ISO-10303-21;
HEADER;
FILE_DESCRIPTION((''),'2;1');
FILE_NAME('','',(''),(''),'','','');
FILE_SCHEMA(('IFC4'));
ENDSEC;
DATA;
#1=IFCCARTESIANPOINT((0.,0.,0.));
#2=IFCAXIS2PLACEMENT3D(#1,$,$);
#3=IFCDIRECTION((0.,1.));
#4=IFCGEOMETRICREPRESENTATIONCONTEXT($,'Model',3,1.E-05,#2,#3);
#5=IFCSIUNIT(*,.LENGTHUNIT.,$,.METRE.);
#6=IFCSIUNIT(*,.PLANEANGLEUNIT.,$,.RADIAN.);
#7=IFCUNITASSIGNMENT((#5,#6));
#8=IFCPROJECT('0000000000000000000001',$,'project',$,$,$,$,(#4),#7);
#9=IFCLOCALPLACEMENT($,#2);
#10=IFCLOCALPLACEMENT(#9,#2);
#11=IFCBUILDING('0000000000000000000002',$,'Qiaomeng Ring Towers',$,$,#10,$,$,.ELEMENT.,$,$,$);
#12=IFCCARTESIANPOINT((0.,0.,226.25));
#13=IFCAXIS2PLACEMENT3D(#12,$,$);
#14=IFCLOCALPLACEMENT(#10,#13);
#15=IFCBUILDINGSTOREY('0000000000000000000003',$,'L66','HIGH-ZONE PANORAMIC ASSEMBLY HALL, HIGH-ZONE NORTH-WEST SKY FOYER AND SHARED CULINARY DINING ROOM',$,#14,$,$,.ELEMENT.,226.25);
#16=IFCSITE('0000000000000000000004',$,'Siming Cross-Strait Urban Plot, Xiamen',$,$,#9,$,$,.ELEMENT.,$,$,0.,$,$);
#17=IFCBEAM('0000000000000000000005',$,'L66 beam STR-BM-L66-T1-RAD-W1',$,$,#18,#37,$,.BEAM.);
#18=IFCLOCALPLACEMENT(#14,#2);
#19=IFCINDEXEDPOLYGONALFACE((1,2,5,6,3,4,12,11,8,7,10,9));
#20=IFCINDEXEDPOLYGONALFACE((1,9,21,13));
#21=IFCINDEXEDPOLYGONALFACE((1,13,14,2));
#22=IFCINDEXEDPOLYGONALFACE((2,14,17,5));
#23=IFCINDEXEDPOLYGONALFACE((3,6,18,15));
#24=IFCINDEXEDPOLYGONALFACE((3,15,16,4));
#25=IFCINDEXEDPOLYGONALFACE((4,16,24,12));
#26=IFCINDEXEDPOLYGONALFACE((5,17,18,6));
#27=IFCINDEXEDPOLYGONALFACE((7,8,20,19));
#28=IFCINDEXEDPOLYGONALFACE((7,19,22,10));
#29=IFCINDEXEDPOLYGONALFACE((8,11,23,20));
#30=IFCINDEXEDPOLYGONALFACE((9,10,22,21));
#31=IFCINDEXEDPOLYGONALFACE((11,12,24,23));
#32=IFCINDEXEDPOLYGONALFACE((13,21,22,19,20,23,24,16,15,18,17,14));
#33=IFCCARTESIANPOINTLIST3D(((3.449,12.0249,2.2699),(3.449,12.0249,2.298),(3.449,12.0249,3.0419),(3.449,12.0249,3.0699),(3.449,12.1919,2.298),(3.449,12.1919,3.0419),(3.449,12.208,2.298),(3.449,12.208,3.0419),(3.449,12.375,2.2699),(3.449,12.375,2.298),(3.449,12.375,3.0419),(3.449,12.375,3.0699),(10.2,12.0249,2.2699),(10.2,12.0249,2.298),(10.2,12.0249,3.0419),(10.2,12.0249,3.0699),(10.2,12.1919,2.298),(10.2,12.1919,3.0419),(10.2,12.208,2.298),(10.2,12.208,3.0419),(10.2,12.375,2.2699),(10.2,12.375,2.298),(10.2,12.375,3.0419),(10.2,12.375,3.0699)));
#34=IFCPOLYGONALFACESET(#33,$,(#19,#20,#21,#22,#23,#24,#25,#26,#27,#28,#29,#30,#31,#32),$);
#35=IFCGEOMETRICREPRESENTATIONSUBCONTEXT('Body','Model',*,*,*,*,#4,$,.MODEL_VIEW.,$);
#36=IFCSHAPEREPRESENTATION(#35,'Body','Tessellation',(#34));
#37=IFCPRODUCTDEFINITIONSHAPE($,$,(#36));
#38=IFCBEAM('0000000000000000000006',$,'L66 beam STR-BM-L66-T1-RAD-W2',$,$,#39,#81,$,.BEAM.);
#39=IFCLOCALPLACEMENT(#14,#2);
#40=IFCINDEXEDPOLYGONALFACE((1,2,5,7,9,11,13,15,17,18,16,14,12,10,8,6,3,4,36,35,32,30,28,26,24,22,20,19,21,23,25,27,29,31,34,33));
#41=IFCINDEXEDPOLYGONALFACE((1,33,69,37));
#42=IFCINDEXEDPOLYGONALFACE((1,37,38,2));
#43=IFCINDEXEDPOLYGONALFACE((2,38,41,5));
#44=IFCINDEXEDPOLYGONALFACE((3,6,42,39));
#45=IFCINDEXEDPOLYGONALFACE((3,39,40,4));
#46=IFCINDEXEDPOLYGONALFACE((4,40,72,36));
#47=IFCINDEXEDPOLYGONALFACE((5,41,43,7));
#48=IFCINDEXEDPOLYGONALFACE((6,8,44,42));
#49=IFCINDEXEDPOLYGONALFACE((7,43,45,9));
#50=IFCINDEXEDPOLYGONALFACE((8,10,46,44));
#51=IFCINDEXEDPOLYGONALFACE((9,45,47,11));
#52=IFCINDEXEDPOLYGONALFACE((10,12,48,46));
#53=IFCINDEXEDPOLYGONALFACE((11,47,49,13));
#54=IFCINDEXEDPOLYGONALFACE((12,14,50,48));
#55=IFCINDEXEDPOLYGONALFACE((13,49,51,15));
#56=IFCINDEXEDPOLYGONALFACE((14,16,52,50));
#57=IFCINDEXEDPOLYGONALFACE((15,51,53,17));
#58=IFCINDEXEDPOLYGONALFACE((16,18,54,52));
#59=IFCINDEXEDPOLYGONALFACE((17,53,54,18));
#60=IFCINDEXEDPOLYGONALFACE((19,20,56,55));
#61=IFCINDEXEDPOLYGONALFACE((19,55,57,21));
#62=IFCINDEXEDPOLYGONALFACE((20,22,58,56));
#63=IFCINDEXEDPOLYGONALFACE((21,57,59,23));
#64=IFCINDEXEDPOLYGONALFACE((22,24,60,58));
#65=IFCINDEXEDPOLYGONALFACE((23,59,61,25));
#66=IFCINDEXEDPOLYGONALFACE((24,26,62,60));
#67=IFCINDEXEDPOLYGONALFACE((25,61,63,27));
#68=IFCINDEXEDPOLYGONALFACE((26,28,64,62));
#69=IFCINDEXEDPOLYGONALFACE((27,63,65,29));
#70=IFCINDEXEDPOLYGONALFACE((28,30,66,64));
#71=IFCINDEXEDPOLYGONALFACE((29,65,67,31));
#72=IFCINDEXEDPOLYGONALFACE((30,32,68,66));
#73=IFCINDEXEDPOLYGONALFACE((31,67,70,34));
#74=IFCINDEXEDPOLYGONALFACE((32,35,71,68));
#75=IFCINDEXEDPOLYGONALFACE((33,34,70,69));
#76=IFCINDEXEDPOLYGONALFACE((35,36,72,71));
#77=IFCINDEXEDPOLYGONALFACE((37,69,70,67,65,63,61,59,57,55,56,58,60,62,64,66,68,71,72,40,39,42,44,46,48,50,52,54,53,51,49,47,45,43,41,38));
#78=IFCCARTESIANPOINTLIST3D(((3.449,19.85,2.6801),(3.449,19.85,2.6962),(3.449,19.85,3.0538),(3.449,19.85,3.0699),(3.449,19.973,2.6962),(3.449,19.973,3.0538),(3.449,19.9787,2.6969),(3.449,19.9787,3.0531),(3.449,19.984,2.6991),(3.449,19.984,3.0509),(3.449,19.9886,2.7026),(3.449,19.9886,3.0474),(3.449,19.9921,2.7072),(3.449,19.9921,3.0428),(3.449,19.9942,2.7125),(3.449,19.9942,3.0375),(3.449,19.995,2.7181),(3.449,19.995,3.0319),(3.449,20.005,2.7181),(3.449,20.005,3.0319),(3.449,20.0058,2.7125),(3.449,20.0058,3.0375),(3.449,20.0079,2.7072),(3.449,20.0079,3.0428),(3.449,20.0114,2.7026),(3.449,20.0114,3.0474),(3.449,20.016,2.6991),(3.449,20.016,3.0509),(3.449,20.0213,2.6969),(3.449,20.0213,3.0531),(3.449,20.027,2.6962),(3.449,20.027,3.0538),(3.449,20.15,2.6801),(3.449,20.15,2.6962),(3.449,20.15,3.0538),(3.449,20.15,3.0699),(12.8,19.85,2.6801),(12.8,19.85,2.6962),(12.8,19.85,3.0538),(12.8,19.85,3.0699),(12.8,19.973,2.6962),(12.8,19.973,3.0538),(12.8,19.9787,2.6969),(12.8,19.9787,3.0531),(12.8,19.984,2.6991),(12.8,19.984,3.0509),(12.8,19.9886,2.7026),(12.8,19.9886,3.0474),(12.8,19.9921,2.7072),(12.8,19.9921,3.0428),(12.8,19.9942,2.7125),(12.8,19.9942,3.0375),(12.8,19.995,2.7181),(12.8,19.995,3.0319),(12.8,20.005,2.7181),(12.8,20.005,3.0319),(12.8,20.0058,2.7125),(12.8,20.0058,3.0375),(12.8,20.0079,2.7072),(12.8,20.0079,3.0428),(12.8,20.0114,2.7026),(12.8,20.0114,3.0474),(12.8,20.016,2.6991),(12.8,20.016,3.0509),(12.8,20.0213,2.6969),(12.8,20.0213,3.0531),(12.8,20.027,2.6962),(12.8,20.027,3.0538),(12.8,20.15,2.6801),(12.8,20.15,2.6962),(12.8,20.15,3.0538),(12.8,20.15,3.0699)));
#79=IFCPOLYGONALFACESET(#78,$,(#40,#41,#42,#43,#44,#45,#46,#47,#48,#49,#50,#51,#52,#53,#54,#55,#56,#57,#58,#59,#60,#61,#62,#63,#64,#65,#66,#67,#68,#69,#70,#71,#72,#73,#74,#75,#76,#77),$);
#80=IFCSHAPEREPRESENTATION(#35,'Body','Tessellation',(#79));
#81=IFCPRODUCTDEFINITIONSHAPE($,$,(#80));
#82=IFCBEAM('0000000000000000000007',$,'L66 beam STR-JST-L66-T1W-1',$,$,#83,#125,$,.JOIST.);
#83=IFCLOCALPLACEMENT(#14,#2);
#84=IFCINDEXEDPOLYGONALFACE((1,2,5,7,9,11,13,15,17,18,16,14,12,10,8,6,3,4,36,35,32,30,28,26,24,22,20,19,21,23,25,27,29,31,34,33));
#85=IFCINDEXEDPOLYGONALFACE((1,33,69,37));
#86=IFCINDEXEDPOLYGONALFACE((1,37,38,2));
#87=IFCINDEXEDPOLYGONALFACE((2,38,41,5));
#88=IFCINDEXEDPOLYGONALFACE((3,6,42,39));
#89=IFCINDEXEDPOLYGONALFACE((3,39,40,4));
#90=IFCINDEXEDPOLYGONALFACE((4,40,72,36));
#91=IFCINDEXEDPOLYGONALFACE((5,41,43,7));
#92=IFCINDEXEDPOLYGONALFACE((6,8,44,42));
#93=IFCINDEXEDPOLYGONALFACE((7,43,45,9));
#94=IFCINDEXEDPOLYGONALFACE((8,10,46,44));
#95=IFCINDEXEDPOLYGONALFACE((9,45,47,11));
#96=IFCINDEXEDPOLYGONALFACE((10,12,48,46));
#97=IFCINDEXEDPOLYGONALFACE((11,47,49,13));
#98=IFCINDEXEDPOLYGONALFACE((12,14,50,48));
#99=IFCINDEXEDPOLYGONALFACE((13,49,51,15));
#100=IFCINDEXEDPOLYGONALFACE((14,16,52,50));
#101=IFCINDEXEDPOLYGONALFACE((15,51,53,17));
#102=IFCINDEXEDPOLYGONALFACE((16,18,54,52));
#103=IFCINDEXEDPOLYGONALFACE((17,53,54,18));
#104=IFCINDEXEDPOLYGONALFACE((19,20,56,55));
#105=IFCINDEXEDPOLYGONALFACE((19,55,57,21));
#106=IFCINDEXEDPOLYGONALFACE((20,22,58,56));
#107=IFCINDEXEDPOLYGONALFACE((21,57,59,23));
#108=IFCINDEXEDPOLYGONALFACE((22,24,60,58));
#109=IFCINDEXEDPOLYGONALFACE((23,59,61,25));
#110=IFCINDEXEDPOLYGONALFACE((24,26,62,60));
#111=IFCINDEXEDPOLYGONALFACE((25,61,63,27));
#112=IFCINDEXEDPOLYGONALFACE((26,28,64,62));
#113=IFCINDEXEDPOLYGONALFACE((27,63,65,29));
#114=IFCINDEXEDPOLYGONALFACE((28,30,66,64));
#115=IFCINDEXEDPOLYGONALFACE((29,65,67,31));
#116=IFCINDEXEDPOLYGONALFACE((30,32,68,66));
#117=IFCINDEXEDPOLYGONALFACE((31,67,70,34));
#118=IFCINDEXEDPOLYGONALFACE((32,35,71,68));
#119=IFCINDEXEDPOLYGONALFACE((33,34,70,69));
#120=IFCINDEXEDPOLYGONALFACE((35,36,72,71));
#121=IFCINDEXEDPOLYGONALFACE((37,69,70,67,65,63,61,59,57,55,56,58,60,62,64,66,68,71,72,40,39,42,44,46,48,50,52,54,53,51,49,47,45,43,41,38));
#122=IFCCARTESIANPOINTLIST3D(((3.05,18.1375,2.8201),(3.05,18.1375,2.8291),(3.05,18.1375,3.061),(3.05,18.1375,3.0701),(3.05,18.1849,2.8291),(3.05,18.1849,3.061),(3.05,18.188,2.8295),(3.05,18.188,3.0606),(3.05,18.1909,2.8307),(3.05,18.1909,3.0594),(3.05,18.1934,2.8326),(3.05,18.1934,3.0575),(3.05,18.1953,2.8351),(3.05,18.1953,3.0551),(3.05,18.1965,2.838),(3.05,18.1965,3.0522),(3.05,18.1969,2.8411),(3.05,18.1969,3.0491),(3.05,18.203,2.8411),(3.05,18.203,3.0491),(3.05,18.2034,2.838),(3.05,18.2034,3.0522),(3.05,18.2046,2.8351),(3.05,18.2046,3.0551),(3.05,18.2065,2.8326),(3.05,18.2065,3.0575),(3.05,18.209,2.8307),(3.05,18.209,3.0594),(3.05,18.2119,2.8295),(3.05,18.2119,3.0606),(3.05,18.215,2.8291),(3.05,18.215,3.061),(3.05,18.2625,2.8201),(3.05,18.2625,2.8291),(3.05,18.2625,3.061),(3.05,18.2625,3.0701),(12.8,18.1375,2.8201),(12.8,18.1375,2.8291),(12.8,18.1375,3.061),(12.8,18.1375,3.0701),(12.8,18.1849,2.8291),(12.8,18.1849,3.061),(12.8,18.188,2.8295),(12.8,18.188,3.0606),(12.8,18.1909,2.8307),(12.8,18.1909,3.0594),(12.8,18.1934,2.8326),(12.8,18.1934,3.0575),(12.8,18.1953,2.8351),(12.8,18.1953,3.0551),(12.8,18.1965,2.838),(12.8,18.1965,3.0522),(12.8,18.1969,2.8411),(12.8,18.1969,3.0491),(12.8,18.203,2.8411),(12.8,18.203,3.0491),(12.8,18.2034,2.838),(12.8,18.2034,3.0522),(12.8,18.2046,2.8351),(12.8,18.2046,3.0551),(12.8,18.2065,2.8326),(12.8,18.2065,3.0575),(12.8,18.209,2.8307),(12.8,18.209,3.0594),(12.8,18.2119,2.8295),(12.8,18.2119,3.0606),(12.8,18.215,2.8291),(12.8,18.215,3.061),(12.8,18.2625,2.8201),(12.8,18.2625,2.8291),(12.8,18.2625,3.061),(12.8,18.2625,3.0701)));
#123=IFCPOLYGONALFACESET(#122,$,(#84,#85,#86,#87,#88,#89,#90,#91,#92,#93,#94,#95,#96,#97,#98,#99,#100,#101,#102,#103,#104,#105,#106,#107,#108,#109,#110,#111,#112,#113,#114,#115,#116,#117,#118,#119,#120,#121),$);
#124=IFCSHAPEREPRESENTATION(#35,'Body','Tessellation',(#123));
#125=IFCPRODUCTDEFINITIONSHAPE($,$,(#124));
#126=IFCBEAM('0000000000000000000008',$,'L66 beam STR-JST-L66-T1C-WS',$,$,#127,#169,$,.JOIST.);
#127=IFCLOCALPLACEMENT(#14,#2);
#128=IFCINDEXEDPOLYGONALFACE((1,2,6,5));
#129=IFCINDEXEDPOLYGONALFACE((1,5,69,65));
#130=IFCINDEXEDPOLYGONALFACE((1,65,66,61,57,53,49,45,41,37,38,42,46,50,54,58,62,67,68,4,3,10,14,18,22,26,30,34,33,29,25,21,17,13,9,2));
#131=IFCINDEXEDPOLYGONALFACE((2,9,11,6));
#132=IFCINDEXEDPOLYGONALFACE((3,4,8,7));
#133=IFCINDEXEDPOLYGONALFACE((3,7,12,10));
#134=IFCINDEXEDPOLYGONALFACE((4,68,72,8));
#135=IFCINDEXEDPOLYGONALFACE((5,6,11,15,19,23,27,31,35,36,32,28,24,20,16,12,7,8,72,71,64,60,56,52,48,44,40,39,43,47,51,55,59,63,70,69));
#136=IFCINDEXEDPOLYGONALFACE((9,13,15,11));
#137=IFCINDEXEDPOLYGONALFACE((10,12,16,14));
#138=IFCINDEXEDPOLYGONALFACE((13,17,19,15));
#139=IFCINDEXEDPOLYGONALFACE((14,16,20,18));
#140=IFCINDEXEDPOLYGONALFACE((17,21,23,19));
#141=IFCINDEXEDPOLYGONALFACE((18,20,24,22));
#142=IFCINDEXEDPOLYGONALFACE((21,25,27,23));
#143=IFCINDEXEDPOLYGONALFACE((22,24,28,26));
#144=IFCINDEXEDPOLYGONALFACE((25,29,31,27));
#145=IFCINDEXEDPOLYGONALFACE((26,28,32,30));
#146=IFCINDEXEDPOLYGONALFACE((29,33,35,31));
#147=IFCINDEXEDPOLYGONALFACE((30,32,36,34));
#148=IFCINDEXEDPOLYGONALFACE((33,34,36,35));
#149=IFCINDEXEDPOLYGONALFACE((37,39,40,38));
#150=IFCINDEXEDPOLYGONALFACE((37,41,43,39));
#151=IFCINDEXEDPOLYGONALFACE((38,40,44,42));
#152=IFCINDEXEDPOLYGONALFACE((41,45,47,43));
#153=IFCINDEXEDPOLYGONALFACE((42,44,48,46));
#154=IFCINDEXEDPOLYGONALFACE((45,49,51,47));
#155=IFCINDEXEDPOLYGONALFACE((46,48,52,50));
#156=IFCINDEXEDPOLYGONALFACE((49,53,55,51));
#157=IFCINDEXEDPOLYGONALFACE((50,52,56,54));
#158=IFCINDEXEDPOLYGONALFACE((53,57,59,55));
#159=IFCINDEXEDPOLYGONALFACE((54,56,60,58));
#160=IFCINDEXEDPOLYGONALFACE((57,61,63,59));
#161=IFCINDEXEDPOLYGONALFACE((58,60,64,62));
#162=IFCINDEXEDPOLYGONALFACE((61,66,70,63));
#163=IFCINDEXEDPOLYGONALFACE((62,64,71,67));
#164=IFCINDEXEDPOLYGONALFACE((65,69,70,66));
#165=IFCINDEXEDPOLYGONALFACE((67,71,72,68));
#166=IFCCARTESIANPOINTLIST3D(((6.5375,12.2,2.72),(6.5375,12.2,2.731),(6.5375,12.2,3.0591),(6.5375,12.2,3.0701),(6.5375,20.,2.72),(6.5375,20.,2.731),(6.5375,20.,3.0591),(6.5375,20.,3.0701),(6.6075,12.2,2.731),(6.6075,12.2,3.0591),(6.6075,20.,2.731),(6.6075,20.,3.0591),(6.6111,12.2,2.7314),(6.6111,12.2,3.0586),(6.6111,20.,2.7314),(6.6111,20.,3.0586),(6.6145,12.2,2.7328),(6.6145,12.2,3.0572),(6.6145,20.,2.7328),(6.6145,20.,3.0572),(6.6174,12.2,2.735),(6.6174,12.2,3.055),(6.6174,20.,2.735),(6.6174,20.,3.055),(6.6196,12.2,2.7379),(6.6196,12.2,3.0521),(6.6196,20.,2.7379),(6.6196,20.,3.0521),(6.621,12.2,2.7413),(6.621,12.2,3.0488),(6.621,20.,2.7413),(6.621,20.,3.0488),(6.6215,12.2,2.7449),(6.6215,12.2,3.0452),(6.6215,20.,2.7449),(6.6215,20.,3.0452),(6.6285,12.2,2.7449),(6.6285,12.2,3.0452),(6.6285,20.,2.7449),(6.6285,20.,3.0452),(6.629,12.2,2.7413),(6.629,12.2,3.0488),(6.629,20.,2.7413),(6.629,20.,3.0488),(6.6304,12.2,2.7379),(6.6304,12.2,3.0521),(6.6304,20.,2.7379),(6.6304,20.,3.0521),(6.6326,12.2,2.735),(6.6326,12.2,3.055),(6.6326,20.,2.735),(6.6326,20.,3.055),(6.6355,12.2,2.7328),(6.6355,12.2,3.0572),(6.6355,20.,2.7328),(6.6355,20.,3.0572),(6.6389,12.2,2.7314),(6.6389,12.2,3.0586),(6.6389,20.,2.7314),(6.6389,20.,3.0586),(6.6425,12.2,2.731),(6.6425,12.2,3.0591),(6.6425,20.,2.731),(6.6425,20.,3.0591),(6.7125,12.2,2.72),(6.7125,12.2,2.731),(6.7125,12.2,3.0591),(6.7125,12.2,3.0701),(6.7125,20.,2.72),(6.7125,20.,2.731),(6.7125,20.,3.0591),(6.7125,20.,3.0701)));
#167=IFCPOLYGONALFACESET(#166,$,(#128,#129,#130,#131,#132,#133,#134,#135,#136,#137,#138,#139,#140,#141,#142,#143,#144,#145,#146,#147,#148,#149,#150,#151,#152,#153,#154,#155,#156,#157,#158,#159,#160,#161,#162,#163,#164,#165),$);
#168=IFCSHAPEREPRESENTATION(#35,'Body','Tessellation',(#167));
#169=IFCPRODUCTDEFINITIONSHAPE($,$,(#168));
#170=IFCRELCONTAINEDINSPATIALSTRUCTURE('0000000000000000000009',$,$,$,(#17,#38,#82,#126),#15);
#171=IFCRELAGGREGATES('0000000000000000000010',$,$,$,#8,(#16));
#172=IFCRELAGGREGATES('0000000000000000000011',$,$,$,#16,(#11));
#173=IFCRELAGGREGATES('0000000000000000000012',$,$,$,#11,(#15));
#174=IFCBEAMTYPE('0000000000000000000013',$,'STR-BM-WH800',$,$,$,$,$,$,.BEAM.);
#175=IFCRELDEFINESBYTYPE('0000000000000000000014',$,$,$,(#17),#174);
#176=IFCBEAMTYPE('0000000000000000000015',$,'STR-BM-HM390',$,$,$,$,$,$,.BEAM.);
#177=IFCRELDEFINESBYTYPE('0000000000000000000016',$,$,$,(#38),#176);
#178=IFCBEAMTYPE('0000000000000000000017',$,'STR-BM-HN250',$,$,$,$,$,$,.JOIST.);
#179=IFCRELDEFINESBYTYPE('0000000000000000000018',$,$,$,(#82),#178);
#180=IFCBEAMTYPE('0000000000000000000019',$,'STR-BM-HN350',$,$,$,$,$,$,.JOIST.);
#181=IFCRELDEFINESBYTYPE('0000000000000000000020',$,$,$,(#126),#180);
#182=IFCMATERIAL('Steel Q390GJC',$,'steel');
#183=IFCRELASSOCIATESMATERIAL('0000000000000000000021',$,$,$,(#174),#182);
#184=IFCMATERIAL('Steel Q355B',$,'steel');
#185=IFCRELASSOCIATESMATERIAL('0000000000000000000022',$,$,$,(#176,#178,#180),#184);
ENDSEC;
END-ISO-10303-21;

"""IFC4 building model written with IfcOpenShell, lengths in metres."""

from ifc_helpers import new_model, si_unit, direction, frame, origin, origin_2d, place, context, subcontext, project, spatial, i_section, extrude, source, transform, mapped, material, material_profile, profile_set, type_object, element, save


model = new_model("IFC4")

# Units and contexts
model_context = context("Model", 3, precision=1e-05, world=origin(), true_north=direction((0.0, 1.0)))
body_context = subcontext(model_context, "Body", "Model", "MODEL_VIEW")
ifc_project = project(units=[si_unit("LENGTHUNIT", "METRE"), si_unit("PLANEANGLEUNIT", "RADIAN")], contexts=[model_context])

# Site, building, storey
site_placement = place(None, origin())
site = spatial("IfcSite", under=ifc_project, at=site_placement, Name="Siming Cross-Strait Urban Plot, Xiamen", CompositionType="ELEMENT", RefElevation=0.0)
building_placement = place(site_placement, origin())
building = spatial("IfcBuilding", under=site, at=building_placement, Name="Qiaomeng Ring Towers", CompositionType="ELEMENT")
storey_placement = place(building_placement, frame((0.0, 0.0, 226.25)))
storey = spatial("IfcBuildingStorey", under=building, at=storey_placement, Name="L66", Description="HIGH-ZONE PANORAMIC ASSEMBLY HALL, HIGH-ZONE NORTH-WEST SKY FOYER AND SHARED CULINARY DINING ROOM", CompositionType="ELEMENT", Elevation=226.25)

# Beams
ifc_material_1 = material(Name="Steel Q355B", Category="steel")
ifc_material_2 = material(Name="Steel Q390GJC", Category="steel")
ifc_material_profile_1 = material_profile(ifc_material_2, i_section(OverallWidth=0.3501, OverallDepth=0.8, WebThickness=0.0161, FlangeThickness=0.0281, at=origin_2d()), Name="WH 800x350x16x28")
ifc_profile_set_1 = profile_set([ifc_material_profile_1], Name="Steel Q390GJC")
beam_type_1 = type_object("IfcBeamType", Name="STR-BM-WH800", PredefinedType="BEAM", material=ifc_profile_set_1)
shared_shape_1 = source(origin(), body_context, "Body", "SweptSolid", [
    extrude(i_section(OverallWidth=0.3501, OverallDepth=0.8, WebThickness=0.0161, FlangeThickness=0.0281, at=origin_2d()), origin(), (0.0, 0.0, 1.0), 6.751),
])
beam_1_placement = place(storey_placement, frame((3.449, 12.2, 2.6699), z_axis=(1.0, 0.0, 0.0), x_axis=(0.0, 1.0, 0.0)))
element("IfcBeam", 1, at=beam_1_placement, inside=storey, type_object=beam_type_1, Name="L66 beam STR-BM-L66-T1-RAD-W1", PredefinedType="BEAM", context=body_context, shape_type="MappedRepresentation", body=[
    mapped(shared_shape_1, transform((0.0, 0.0, 0.0), x_axis=(1.0, 0.0, 0.0), y_axis=(0.0, 1.0, 0.0), z_axis=(0.0, 0.0, 1.0), scale=1.0)),
])
ifc_material_profile_2 = material_profile(ifc_material_1, i_section(OverallWidth=0.3, OverallDepth=0.3899, WebThickness=0.01, FlangeThickness=0.0161, FilletRadius=0.022, at=origin_2d()), Name="HM 390x300x10x16")
ifc_profile_set_2 = profile_set([ifc_material_profile_2], Name="Steel Q355B")
beam_type_2 = type_object("IfcBeamType", Name="STR-BM-HM390", PredefinedType="BEAM", material=ifc_profile_set_2)
shared_shape_2 = source(origin(), body_context, "Body", "SweptSolid", [
    extrude(i_section(OverallWidth=0.3, OverallDepth=0.3899, WebThickness=0.01, FlangeThickness=0.0161, FilletRadius=0.022, at=origin_2d()), origin(), (0.0, 0.0, 1.0), 9.3511),
])
beam_2_placement = place(storey_placement, frame((3.449, 20.0, 2.875), z_axis=(1.0, 0.0, 0.0), x_axis=(0.0, 1.0, 0.0)))
element("IfcBeam", 2, at=beam_2_placement, inside=storey, type_object=beam_type_2, Name="L66 beam STR-BM-L66-T1-RAD-W2", PredefinedType="BEAM", context=body_context, shape_type="MappedRepresentation", body=[
    mapped(shared_shape_2, transform((0.0, 0.0, 0.0), x_axis=(1.0, 0.0, 0.0), y_axis=(0.0, 1.0, 0.0), z_axis=(0.0, 0.0, 1.0), scale=1.0)),
])
ifc_material_profile_3 = material_profile(ifc_material_1, i_section(OverallWidth=0.125, OverallDepth=0.25, WebThickness=0.0061, FlangeThickness=0.009, FilletRadius=0.012, at=origin_2d()), Name="HN 250x125x6x9")
ifc_profile_set_3 = profile_set([ifc_material_profile_3], Name="Steel Q355B")
beam_type_3 = type_object("IfcBeamType", Name="STR-BM-HN250", PredefinedType="JOIST", material=ifc_profile_set_3)
shared_shape_3 = source(origin(), body_context, "Body", "SweptSolid", [
    extrude(i_section(OverallWidth=0.125, OverallDepth=0.25, WebThickness=0.0061, FlangeThickness=0.009, FilletRadius=0.012, at=origin_2d()), origin(), (0.0, 0.0, 1.0), 9.75),
])
beam_3_placement = place(storey_placement, frame((3.05, 18.2, 2.9451), z_axis=(1.0, 0.0, 0.0), x_axis=(0.0, 1.0, 0.0)))
element("IfcBeam", 3, at=beam_3_placement, inside=storey, type_object=beam_type_3, Name="L66 beam STR-JST-L66-T1W-1", PredefinedType="JOIST", context=body_context, shape_type="MappedRepresentation", body=[
    mapped(shared_shape_3, transform((0.0, 0.0, 0.0), x_axis=(1.0, 0.0, 0.0), y_axis=(0.0, 1.0, 0.0), z_axis=(0.0, 0.0, 1.0), scale=1.0)),
])
ifc_material_profile_4 = material_profile(ifc_material_1, i_section(OverallWidth=0.175, OverallDepth=0.3501, WebThickness=0.0071, FlangeThickness=0.011, FilletRadius=0.0139, at=origin_2d()), Name="HN 350x175x7x11")
ifc_profile_set_4 = profile_set([ifc_material_profile_4], Name="Steel Q355B")
beam_type_4 = type_object("IfcBeamType", Name="STR-BM-HN350", PredefinedType="JOIST", material=ifc_profile_set_4)
shared_shape_4 = source(origin(), body_context, "Body", "SweptSolid", [
    extrude(i_section(OverallWidth=0.175, OverallDepth=0.3501, WebThickness=0.0071, FlangeThickness=0.011, FilletRadius=0.0139, at=origin_2d()), origin(), (0.0, 0.0, 1.0), 7.8),
])
beam_4_placement = place(storey_placement, frame((6.625, 12.2, 2.895), z_axis=(0.0, 1.0, 0.0), x_axis=(-1.0, 0.0, 0.0)))
element("IfcBeam", 4, at=beam_4_placement, inside=storey, type_object=beam_type_4, Name="L66 beam STR-JST-L66-T1C-WS", PredefinedType="JOIST", context=body_context, shape_type="MappedRepresentation", body=[
    mapped(shared_shape_4, transform((0.0, 0.0, 0.0), x_axis=(1.0, 0.0, 0.0), y_axis=(0.0, 1.0, 0.0), z_axis=(0.0, 0.0, 1.0), scale=1.0)),
])

save(model, "model.ifc")
